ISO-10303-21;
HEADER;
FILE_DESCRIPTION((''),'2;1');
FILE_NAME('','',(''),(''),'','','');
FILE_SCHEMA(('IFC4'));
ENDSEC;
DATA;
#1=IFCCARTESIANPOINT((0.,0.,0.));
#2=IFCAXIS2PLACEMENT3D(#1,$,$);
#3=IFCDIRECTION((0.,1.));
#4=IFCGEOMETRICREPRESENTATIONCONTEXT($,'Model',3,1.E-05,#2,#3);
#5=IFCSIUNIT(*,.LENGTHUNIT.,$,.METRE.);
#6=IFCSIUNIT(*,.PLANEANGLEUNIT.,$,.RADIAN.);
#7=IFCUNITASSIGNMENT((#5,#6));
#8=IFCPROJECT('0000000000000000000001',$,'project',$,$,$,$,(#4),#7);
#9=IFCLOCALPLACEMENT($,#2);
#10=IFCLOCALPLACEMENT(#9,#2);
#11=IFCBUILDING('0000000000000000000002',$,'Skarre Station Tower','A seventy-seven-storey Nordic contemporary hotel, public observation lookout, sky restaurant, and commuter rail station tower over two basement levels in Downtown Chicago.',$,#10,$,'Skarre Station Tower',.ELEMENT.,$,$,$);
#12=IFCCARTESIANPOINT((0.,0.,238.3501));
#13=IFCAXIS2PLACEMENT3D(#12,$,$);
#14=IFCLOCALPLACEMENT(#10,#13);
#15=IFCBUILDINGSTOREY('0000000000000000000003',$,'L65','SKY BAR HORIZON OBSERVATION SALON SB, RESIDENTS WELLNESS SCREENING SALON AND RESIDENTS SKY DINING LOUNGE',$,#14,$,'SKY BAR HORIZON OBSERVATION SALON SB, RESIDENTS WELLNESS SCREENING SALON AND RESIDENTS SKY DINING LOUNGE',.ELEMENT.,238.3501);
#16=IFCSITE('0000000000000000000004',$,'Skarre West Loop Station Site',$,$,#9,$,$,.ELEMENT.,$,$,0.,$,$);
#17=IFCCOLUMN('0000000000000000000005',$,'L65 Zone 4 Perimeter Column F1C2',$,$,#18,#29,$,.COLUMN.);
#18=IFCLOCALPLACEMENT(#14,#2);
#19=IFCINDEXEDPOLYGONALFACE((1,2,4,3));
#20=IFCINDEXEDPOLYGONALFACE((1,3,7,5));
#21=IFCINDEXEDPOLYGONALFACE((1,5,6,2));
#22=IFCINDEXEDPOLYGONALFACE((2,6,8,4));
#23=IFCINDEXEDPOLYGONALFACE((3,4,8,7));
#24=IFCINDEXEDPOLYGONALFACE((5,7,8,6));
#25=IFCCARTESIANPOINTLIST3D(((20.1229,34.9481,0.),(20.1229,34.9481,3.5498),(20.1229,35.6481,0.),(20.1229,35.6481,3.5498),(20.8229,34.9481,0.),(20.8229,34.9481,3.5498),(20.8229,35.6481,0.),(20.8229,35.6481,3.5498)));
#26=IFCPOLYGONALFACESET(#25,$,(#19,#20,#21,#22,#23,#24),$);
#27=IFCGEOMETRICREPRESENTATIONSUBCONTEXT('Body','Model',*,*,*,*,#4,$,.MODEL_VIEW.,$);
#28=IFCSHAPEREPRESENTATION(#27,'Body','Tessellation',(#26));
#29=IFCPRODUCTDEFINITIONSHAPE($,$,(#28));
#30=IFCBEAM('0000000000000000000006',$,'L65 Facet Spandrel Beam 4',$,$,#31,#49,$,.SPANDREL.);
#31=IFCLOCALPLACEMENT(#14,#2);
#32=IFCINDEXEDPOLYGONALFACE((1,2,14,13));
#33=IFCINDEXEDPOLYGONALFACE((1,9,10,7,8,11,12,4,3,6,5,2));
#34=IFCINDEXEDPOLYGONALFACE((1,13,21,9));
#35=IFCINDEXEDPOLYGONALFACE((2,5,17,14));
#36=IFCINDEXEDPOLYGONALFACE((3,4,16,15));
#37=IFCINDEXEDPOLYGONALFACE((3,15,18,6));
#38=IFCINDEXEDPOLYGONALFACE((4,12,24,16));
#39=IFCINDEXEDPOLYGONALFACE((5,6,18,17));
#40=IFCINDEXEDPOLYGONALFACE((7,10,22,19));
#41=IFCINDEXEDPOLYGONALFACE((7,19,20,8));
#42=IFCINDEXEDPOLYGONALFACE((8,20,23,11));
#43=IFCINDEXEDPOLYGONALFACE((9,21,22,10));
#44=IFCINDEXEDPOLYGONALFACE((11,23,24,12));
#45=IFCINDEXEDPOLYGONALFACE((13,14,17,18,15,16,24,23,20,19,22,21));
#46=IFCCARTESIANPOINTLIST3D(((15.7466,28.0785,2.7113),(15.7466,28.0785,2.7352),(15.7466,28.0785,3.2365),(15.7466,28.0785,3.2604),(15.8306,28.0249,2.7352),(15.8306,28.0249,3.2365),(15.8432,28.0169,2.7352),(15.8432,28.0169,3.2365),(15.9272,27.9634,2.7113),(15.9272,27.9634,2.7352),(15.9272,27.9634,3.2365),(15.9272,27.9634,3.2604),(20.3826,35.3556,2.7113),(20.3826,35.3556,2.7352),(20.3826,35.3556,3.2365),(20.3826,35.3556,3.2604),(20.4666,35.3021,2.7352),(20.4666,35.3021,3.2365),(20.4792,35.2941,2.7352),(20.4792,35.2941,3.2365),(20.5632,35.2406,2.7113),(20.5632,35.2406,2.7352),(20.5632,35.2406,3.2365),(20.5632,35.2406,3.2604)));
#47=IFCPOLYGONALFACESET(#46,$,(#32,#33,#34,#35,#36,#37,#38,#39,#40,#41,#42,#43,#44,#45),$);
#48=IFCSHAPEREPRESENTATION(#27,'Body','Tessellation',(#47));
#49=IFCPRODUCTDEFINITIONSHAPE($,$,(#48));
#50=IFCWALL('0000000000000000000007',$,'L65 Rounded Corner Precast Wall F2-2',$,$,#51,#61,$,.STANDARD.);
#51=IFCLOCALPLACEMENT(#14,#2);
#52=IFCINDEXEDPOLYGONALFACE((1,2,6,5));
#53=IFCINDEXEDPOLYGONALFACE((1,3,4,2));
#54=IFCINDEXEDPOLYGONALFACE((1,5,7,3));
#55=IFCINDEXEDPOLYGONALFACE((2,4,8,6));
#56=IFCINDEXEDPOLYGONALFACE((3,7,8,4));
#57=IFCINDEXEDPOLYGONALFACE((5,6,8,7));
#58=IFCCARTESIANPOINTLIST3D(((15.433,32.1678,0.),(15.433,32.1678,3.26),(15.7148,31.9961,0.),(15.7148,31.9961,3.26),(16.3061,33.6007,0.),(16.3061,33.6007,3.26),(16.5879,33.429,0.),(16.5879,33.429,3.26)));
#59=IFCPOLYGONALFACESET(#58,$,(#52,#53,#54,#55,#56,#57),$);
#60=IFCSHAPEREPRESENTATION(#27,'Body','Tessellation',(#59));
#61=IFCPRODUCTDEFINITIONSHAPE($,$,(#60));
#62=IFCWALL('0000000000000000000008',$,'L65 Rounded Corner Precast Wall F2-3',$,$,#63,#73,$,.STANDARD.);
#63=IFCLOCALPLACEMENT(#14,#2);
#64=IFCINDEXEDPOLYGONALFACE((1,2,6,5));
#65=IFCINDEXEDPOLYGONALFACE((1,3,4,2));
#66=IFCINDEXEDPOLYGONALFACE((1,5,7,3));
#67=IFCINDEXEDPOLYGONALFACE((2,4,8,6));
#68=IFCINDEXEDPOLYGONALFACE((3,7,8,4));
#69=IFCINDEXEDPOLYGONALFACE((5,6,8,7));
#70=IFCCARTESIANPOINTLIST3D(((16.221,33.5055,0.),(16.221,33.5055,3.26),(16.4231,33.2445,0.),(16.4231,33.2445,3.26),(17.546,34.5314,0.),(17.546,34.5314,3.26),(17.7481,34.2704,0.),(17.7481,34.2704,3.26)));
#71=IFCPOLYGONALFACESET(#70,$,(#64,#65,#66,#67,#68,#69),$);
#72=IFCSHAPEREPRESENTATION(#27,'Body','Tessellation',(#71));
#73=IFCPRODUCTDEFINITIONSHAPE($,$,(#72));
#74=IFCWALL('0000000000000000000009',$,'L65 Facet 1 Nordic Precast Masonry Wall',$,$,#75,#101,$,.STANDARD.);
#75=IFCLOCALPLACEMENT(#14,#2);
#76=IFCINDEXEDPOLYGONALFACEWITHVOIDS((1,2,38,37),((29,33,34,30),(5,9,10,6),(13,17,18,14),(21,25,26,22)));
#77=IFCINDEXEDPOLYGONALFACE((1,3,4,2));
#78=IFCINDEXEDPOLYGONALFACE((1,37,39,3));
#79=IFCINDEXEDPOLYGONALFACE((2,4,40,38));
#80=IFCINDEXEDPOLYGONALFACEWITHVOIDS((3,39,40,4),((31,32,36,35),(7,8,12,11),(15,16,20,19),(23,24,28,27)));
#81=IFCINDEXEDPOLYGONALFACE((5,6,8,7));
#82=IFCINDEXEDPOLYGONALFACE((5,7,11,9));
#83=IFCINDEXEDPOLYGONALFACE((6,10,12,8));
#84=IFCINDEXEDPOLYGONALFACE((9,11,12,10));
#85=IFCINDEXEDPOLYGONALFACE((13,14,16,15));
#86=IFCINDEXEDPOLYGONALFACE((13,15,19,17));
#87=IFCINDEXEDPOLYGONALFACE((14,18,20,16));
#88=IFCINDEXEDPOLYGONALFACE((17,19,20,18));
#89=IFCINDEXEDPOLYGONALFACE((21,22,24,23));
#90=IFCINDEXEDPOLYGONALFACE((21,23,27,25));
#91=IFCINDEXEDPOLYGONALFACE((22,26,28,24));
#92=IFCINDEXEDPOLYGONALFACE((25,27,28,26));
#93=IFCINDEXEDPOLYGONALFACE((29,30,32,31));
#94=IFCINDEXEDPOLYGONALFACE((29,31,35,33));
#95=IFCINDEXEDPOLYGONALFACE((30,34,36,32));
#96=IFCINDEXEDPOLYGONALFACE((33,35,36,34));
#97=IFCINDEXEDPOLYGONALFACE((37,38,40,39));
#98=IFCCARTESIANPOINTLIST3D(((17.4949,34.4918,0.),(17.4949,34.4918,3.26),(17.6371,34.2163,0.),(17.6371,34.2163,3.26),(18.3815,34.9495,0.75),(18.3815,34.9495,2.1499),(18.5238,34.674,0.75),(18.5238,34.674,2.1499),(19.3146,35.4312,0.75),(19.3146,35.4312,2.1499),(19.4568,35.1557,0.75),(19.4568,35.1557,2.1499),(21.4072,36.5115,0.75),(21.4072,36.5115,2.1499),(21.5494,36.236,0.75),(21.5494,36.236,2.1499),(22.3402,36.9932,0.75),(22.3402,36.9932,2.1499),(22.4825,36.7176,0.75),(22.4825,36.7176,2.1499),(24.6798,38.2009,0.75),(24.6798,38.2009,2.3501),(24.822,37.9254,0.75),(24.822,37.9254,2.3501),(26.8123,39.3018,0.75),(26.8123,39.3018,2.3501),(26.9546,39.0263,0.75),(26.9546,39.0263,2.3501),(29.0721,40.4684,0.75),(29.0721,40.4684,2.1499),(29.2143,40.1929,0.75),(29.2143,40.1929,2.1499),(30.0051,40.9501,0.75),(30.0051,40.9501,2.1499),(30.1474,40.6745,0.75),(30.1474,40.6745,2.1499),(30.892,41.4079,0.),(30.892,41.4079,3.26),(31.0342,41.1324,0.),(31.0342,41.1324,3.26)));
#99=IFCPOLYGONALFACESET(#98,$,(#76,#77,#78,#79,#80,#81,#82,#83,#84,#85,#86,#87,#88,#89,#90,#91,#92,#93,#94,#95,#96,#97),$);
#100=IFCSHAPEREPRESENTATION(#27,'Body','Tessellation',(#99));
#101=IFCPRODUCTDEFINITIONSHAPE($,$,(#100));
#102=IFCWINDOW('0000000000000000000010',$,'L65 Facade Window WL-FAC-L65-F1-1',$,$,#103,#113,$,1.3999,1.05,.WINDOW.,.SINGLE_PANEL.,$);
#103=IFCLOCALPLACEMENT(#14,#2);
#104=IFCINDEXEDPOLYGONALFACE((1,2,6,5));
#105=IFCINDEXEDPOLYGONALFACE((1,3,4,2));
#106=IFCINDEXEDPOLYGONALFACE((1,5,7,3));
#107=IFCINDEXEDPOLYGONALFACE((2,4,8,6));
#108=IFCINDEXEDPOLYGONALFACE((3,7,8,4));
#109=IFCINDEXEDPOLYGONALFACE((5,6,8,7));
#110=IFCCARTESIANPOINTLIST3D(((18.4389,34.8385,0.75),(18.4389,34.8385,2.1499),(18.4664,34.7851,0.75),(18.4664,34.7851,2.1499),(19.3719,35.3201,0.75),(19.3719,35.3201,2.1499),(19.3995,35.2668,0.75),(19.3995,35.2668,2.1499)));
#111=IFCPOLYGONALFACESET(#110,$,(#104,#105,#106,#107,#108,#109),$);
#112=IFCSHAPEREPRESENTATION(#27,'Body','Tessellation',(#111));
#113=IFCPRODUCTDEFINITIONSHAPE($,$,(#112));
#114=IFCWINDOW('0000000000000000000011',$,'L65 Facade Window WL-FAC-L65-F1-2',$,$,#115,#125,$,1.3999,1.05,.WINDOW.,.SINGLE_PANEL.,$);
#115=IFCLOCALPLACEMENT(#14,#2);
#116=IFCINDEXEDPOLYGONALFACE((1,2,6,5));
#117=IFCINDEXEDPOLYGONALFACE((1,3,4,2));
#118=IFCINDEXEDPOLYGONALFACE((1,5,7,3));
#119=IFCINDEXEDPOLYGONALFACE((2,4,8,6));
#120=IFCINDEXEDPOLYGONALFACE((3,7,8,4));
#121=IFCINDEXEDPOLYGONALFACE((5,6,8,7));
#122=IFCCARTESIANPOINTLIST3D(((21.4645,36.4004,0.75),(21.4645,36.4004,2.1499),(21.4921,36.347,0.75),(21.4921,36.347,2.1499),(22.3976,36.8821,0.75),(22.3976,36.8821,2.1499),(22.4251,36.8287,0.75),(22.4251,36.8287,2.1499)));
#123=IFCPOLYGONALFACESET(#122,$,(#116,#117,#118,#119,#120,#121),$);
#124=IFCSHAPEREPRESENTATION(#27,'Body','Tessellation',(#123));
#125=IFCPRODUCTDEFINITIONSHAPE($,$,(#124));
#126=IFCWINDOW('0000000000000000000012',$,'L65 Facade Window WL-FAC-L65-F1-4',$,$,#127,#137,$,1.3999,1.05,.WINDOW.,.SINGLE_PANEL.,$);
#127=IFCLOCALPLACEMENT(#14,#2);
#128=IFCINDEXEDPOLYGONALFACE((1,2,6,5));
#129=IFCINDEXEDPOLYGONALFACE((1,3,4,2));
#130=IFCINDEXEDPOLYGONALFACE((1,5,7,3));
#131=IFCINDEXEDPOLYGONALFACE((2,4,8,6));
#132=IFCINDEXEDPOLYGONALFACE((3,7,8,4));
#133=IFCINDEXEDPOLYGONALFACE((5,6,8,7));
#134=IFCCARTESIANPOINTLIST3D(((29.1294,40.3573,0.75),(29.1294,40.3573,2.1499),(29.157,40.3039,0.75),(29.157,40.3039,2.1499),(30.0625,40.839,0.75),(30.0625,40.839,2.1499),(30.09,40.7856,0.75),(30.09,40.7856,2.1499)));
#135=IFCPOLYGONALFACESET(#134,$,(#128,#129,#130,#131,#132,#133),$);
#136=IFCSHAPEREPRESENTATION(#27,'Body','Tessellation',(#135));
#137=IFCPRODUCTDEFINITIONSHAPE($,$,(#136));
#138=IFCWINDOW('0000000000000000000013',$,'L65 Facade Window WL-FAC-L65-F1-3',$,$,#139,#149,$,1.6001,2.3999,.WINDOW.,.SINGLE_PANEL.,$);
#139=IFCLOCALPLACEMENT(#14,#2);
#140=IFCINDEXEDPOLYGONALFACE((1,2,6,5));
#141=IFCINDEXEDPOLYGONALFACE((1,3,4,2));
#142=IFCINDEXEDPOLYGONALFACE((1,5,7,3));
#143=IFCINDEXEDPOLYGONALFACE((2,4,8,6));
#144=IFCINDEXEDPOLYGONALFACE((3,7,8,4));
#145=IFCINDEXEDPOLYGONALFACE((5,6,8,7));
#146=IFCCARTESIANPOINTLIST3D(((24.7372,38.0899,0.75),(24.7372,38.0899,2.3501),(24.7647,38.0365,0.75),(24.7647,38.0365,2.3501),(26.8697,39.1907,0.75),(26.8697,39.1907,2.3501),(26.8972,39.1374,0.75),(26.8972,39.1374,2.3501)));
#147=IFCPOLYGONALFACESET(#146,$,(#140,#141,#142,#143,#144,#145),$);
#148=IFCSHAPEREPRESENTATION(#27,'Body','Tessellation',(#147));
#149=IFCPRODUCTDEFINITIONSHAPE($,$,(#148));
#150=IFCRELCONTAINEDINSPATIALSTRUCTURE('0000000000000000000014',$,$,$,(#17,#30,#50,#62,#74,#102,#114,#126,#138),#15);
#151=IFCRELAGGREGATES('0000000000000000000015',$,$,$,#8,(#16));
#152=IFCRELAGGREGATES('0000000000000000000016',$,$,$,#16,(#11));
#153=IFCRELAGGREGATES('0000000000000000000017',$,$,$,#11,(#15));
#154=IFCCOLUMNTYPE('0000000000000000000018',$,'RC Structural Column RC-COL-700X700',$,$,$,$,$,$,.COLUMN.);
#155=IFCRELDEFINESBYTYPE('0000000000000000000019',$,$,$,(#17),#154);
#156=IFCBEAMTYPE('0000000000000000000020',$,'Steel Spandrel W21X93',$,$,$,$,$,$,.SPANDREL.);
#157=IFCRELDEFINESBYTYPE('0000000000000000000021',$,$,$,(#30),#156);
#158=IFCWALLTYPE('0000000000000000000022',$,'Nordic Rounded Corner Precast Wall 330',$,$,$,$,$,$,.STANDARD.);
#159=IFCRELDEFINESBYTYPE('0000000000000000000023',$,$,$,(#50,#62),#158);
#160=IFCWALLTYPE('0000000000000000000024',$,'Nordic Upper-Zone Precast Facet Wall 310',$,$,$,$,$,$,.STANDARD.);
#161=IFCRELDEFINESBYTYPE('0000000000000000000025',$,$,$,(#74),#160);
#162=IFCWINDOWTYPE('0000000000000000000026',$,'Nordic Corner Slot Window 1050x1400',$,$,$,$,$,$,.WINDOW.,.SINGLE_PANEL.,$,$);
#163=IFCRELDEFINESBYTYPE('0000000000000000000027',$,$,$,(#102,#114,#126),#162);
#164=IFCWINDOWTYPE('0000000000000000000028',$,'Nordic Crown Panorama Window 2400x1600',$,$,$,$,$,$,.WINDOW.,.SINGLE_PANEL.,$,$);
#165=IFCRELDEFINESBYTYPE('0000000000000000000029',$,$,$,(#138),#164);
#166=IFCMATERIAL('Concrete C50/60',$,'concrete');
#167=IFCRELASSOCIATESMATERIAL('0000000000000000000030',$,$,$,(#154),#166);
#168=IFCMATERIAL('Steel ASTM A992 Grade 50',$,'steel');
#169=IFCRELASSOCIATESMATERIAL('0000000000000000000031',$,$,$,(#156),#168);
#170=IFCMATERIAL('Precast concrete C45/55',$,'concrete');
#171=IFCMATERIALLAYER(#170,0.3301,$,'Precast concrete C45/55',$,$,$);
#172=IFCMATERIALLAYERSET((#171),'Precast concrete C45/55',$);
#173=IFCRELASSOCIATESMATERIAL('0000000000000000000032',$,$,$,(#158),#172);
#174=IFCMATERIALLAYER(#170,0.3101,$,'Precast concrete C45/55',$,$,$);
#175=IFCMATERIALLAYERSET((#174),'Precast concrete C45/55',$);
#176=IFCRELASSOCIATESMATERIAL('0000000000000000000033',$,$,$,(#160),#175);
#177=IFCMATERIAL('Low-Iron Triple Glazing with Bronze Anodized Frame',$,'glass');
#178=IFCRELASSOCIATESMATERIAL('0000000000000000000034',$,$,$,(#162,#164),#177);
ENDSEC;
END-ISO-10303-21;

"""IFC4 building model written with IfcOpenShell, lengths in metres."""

from ifc_helpers import new_model, si_unit, direction, frame, frame_2d, origin, origin_2d, place, context, subcontext, project, spatial, rectangle, i_section, extrude, material, layer, layer_set, material_profile, profile_set, type_object, element, fill, save


model = new_model("IFC4")

# Units and contexts
model_context = context("Model", 3, precision=1e-05, world=origin(), true_north=direction((0.0, 1.0)))
body_context = subcontext(model_context, "Body", "Model", "MODEL_VIEW")
ifc_project = project(units=[si_unit("LENGTHUNIT", "METRE"), si_unit("PLANEANGLEUNIT", "RADIAN")], contexts=[model_context])

# Site, building, storey
site_placement = place(None, origin())
site = spatial("IfcSite", under=ifc_project, at=site_placement, Name="Skarre West Loop Station Site", CompositionType="ELEMENT", RefElevation=0.0)
building_placement = place(site_placement, origin())
building = spatial("IfcBuilding", under=site, at=building_placement, Name="Skarre Station Tower", Description="A seventy-seven-storey Nordic contemporary hotel, public observation lookout, sky restaurant, and commuter rail station tower over two basement levels in Downtown Chicago.", LongName="Skarre Station Tower", CompositionType="ELEMENT")
storey_placement = place(building_placement, frame((0.0, 0.0, 238.3501)))
storey = spatial("IfcBuildingStorey", under=building, at=storey_placement, Name="L65", Description="SKY BAR HORIZON OBSERVATION SALON SB, RESIDENTS WELLNESS SCREENING SALON AND RESIDENTS SKY DINING LOUNGE", LongName="SKY BAR HORIZON OBSERVATION SALON SB, RESIDENTS WELLNESS SCREENING SALON AND RESIDENTS SKY DINING LOUNGE", CompositionType="ELEMENT", Elevation=238.3501)

# Column
ifc_material_1 = material(Name="Concrete C50/60", Category="concrete")
ifc_material_profile_1 = material_profile(ifc_material_1, rectangle(XDim=0.7, YDim=0.7, at=origin_2d()), Name="Concrete C50/60")
ifc_profile_set_1 = profile_set([ifc_material_profile_1], Name="Concrete C50/60")
column_type = type_object("IfcColumnType", Name="RC Structural Column RC-COL-700X700", PredefinedType="COLUMN", material=ifc_profile_set_1)
column_placement = place(storey_placement, frame((20.4729, 35.2981, 0.0), z_axis=(0.0, 0.0, 1.0), x_axis=(1.0, 0.0, 0.0)))
element("IfcColumn", 1, at=column_placement, inside=storey, type_object=column_type, Name="L65 Zone 4 Perimeter Column F1C2", PredefinedType="COLUMN", context=body_context, shape_type="SweptSolid", body=[
    extrude(rectangle(XDim=0.7, YDim=0.7, at=origin_2d()), origin(), (0.0, 0.0, 1.0), 3.5498),
])

# Beam
ifc_material_2 = material(Name="Steel ASTM A992 Grade 50", Category="steel")
ifc_material_profile_2 = material_profile(ifc_material_2, i_section(OverallWidth=0.2141, OverallDepth=0.5491, WebThickness=0.0149, FlangeThickness=0.0239, at=origin_2d()), Name="Steel ASTM A992 Grade 50")
ifc_profile_set_2 = profile_set([ifc_material_profile_2], Name="Steel ASTM A992 Grade 50")
beam_type = type_object("IfcBeamType", Name="Steel Spandrel W21X93", PredefinedType="SPANDREL", material=ifc_profile_set_2)
beam_placement = place(storey_placement, frame((20.4729, 35.2981, 2.9858), z_axis=(-0.537297, -0.843393, 0.0), x_axis=(0.843393, -0.537297, 0.0)))
element("IfcBeam", 2, at=beam_placement, inside=storey, type_object=beam_type, Name="L65 Facet Spandrel Beam 4", PredefinedType="SPANDREL", context=body_context, shape_type="SweptSolid", body=[
    extrude(i_section(OverallWidth=0.2141, OverallDepth=0.5491, WebThickness=0.0149, FlangeThickness=0.0239, at=origin_2d()), origin(), (0.0, 0.0, 1.0), 8.6284),
])

# Walls
ifc_material_3 = material(Name="Precast concrete C45/55", Category="concrete")
ifc_layer_1 = layer(ifc_material_3, 0.3301, Name="Precast concrete C45/55")
ifc_layer_set_1 = layer_set([ifc_layer_1], Name="Precast concrete C45/55")
wall_type_1 = type_object("IfcWallType", Name="Nordic Rounded Corner Precast Wall 330", PredefinedType="STANDARD", material=ifc_layer_set_1)
wall_1_placement = place(storey_placement, frame((15.574, 32.082, 0.0), z_axis=(0.0, 0.0, 1.0), x_axis=(0.520325, 0.853968, 0.0)))
element("IfcWall", 3, at=wall_1_placement, inside=storey, type_object=wall_type_1, Name="L65 Rounded Corner Precast Wall F2-2", PredefinedType="STANDARD", context=body_context, shape_type="SweptSolid", body=[
    extrude(rectangle(XDim=1.678, YDim=0.3301, at=frame_2d((0.8389, 0.0))), origin(), (0.0, 0.0, 1.0), 3.26),
])
wall_2_placement = place(storey_placement, frame((16.322, 33.375, 0.0), z_axis=(0.0, 0.0, 1.0), x_axis=(0.790692, 0.612214, 0.0)))
element("IfcWall", 4, at=wall_2_placement, inside=storey, type_object=wall_type_1, Name="L65 Rounded Corner Precast Wall F2-3", PredefinedType="STANDARD", context=body_context, shape_type="SweptSolid", body=[
    extrude(rectangle(XDim=1.6758, YDim=0.3301, at=frame_2d((0.8379, 0.0))), origin(), (0.0, 0.0, 1.0), 3.26),
])

# Wall, openings, windows
ifc_layer_2 = layer(ifc_material_3, 0.3101, Name="Precast concrete C45/55")
ifc_layer_set_2 = layer_set([ifc_layer_2], Name="Precast concrete C45/55")
wall_type_2 = type_object("IfcWallType", Name="Nordic Upper-Zone Precast Facet Wall 310", PredefinedType="STANDARD", material=ifc_layer_set_2)
wall_3_placement = place(storey_placement, frame((17.5659, 34.354, 0.0), z_axis=(0.0, 0.0, 1.0), x_axis=(0.888581, 0.458719, 0.0)))
wall_3 = element("IfcWall", 5, at=wall_3_placement, inside=storey, type_object=wall_type_2, Name="L65 Facet 1 Nordic Precast Masonry Wall", PredefinedType="STANDARD", context=body_context, shape_type="SweptSolid", body=[
    extrude(rectangle(XDim=15.0769, YDim=0.3101, at=frame_2d((7.5386, 0.0))), origin(), (0.0, 0.0, 1.0), 3.26),
])
opening_1_placement = place(wall_3_placement, frame((0.998, 0.0, 0.75)))
opening_1 = element("IfcOpeningElement", 6, at=opening_1_placement, cuts=wall_3, PredefinedType="OPENING", context=body_context, shape_type="SweptSolid", body=[
    extrude(rectangle(XDim=1.05, YDim=1.3999, at=frame_2d((0.5249, 0.7))), frame((0.0, 0.165, 0.0), z_axis=(0.0, -1.0, 0.0), x_axis=(1.0, 0.0, 0.0)), (0.0, 0.0, 1.0), 0.3301),
])
opening_2_placement = place(wall_3_placement, frame((4.4031, 0.0, 0.75)))
opening_2 = element("IfcOpeningElement", 7, at=opening_2_placement, cuts=wall_3, PredefinedType="OPENING", context=body_context, shape_type="SweptSolid", body=[
    extrude(rectangle(XDim=1.05, YDim=1.3999, at=frame_2d((0.5249, 0.7))), frame((0.0, 0.165, 0.0), z_axis=(0.0, -1.0, 0.0), x_axis=(1.0, 0.0, 0.0)), (0.0, 0.0, 1.0), 0.3301),
])
opening_3_placement = place(wall_3_placement, frame((8.0859, 0.0, 0.75)))
opening_3 = element("IfcOpeningElement", 8, at=opening_3_placement, cuts=wall_3, PredefinedType="OPENING", context=body_context, shape_type="SweptSolid", body=[
    extrude(rectangle(XDim=2.3999, YDim=1.6001, at=frame_2d((1.2, 0.8))), frame((0.0, 0.165, 0.0), z_axis=(0.0, -1.0, 0.0), x_axis=(1.0, 0.0, 0.0)), (0.0, 0.0, 1.0), 0.3301),
])
opening_4_placement = place(wall_3_placement, frame((13.0291, 0.0, 0.75)))
opening_4 = element("IfcOpeningElement", 9, at=opening_4_placement, cuts=wall_3, PredefinedType="OPENING", context=body_context, shape_type="SweptSolid", body=[
    extrude(rectangle(XDim=1.05, YDim=1.3999, at=frame_2d((0.5249, 0.7))), frame((0.0, 0.165, 0.0), z_axis=(0.0, -1.0, 0.0), x_axis=(1.0, 0.0, 0.0)), (0.0, 0.0, 1.0), 0.3301),
])
ifc_material_4 = material(Name="Low-Iron Triple Glazing with Bronze Anodized Frame", Category="glass")
window_type_1 = type_object("IfcWindowType", Name="Nordic Corner Slot Window 1050x1400", PartitioningType="SINGLE_PANEL", PredefinedType="WINDOW", material=ifc_material_4)
window_1_placement = place(opening_1_placement, origin())
window_1 = element("IfcWindow", 10, at=window_1_placement, inside=storey, type_object=window_type_1, Name="L65 Facade Window WL-FAC-L65-F1-1", OverallHeight=1.3999, OverallWidth=1.05, PartitioningType="SINGLE_PANEL", PredefinedType="WINDOW", context=body_context, shape_type="SweptSolid", body=[
    extrude(rectangle(XDim=1.05, YDim=1.3999, at=frame_2d((0.5249, 0.7))), frame((0.0, 0.03, 0.0), z_axis=(0.0, -1.0, 0.0), x_axis=(1.0, 0.0, 0.0)), (0.0, 0.0, 1.0), 0.0601),
])
fill(opening_1, window_1)
window_2_placement = place(opening_2_placement, origin())
window_2 = element("IfcWindow", 11, at=window_2_placement, inside=storey, type_object=window_type_1, Name="L65 Facade Window WL-FAC-L65-F1-2", OverallHeight=1.3999, OverallWidth=1.05, PartitioningType="SINGLE_PANEL", PredefinedType="WINDOW", context=body_context, shape_type="SweptSolid", body=[
    extrude(rectangle(XDim=1.05, YDim=1.3999, at=frame_2d((0.5249, 0.7))), frame((0.0, 0.03, 0.0), z_axis=(0.0, -1.0, 0.0), x_axis=(1.0, 0.0, 0.0)), (0.0, 0.0, 1.0), 0.0601),
])
fill(opening_2, window_2)
window_3_placement = place(opening_4_placement, origin())
window_3 = element("IfcWindow", 12, at=window_3_placement, inside=storey, type_object=window_type_1, Name="L65 Facade Window WL-FAC-L65-F1-4", OverallHeight=1.3999, OverallWidth=1.05, PartitioningType="SINGLE_PANEL", PredefinedType="WINDOW", context=body_context, shape_type="SweptSolid", body=[
    extrude(rectangle(XDim=1.05, YDim=1.3999, at=frame_2d((0.5249, 0.7))), frame((0.0, 0.03, 0.0), z_axis=(0.0, -1.0, 0.0), x_axis=(1.0, 0.0, 0.0)), (0.0, 0.0, 1.0), 0.0601),
])
fill(opening_4, window_3)
window_type_2 = type_object("IfcWindowType", Name="Nordic Crown Panorama Window 2400x1600", PartitioningType="SINGLE_PANEL", PredefinedType="WINDOW", material=ifc_material_4)
window_4_placement = place(opening_3_placement, origin())
window_4 = element("IfcWindow", 13, at=window_4_placement, inside=storey, type_object=window_type_2, Name="L65 Facade Window WL-FAC-L65-F1-3", OverallHeight=1.6001, OverallWidth=2.3999, PartitioningType="SINGLE_PANEL", PredefinedType="WINDOW", context=body_context, shape_type="SweptSolid", body=[
    extrude(rectangle(XDim=2.3999, YDim=1.6001, at=frame_2d((1.2, 0.8))), frame((0.0, 0.03, 0.0), z_axis=(0.0, -1.0, 0.0), x_axis=(1.0, 0.0, 0.0)), (0.0, 0.0, 1.0), 0.0601),
])
fill(opening_3, window_4)

save(model, "model.ifc")
